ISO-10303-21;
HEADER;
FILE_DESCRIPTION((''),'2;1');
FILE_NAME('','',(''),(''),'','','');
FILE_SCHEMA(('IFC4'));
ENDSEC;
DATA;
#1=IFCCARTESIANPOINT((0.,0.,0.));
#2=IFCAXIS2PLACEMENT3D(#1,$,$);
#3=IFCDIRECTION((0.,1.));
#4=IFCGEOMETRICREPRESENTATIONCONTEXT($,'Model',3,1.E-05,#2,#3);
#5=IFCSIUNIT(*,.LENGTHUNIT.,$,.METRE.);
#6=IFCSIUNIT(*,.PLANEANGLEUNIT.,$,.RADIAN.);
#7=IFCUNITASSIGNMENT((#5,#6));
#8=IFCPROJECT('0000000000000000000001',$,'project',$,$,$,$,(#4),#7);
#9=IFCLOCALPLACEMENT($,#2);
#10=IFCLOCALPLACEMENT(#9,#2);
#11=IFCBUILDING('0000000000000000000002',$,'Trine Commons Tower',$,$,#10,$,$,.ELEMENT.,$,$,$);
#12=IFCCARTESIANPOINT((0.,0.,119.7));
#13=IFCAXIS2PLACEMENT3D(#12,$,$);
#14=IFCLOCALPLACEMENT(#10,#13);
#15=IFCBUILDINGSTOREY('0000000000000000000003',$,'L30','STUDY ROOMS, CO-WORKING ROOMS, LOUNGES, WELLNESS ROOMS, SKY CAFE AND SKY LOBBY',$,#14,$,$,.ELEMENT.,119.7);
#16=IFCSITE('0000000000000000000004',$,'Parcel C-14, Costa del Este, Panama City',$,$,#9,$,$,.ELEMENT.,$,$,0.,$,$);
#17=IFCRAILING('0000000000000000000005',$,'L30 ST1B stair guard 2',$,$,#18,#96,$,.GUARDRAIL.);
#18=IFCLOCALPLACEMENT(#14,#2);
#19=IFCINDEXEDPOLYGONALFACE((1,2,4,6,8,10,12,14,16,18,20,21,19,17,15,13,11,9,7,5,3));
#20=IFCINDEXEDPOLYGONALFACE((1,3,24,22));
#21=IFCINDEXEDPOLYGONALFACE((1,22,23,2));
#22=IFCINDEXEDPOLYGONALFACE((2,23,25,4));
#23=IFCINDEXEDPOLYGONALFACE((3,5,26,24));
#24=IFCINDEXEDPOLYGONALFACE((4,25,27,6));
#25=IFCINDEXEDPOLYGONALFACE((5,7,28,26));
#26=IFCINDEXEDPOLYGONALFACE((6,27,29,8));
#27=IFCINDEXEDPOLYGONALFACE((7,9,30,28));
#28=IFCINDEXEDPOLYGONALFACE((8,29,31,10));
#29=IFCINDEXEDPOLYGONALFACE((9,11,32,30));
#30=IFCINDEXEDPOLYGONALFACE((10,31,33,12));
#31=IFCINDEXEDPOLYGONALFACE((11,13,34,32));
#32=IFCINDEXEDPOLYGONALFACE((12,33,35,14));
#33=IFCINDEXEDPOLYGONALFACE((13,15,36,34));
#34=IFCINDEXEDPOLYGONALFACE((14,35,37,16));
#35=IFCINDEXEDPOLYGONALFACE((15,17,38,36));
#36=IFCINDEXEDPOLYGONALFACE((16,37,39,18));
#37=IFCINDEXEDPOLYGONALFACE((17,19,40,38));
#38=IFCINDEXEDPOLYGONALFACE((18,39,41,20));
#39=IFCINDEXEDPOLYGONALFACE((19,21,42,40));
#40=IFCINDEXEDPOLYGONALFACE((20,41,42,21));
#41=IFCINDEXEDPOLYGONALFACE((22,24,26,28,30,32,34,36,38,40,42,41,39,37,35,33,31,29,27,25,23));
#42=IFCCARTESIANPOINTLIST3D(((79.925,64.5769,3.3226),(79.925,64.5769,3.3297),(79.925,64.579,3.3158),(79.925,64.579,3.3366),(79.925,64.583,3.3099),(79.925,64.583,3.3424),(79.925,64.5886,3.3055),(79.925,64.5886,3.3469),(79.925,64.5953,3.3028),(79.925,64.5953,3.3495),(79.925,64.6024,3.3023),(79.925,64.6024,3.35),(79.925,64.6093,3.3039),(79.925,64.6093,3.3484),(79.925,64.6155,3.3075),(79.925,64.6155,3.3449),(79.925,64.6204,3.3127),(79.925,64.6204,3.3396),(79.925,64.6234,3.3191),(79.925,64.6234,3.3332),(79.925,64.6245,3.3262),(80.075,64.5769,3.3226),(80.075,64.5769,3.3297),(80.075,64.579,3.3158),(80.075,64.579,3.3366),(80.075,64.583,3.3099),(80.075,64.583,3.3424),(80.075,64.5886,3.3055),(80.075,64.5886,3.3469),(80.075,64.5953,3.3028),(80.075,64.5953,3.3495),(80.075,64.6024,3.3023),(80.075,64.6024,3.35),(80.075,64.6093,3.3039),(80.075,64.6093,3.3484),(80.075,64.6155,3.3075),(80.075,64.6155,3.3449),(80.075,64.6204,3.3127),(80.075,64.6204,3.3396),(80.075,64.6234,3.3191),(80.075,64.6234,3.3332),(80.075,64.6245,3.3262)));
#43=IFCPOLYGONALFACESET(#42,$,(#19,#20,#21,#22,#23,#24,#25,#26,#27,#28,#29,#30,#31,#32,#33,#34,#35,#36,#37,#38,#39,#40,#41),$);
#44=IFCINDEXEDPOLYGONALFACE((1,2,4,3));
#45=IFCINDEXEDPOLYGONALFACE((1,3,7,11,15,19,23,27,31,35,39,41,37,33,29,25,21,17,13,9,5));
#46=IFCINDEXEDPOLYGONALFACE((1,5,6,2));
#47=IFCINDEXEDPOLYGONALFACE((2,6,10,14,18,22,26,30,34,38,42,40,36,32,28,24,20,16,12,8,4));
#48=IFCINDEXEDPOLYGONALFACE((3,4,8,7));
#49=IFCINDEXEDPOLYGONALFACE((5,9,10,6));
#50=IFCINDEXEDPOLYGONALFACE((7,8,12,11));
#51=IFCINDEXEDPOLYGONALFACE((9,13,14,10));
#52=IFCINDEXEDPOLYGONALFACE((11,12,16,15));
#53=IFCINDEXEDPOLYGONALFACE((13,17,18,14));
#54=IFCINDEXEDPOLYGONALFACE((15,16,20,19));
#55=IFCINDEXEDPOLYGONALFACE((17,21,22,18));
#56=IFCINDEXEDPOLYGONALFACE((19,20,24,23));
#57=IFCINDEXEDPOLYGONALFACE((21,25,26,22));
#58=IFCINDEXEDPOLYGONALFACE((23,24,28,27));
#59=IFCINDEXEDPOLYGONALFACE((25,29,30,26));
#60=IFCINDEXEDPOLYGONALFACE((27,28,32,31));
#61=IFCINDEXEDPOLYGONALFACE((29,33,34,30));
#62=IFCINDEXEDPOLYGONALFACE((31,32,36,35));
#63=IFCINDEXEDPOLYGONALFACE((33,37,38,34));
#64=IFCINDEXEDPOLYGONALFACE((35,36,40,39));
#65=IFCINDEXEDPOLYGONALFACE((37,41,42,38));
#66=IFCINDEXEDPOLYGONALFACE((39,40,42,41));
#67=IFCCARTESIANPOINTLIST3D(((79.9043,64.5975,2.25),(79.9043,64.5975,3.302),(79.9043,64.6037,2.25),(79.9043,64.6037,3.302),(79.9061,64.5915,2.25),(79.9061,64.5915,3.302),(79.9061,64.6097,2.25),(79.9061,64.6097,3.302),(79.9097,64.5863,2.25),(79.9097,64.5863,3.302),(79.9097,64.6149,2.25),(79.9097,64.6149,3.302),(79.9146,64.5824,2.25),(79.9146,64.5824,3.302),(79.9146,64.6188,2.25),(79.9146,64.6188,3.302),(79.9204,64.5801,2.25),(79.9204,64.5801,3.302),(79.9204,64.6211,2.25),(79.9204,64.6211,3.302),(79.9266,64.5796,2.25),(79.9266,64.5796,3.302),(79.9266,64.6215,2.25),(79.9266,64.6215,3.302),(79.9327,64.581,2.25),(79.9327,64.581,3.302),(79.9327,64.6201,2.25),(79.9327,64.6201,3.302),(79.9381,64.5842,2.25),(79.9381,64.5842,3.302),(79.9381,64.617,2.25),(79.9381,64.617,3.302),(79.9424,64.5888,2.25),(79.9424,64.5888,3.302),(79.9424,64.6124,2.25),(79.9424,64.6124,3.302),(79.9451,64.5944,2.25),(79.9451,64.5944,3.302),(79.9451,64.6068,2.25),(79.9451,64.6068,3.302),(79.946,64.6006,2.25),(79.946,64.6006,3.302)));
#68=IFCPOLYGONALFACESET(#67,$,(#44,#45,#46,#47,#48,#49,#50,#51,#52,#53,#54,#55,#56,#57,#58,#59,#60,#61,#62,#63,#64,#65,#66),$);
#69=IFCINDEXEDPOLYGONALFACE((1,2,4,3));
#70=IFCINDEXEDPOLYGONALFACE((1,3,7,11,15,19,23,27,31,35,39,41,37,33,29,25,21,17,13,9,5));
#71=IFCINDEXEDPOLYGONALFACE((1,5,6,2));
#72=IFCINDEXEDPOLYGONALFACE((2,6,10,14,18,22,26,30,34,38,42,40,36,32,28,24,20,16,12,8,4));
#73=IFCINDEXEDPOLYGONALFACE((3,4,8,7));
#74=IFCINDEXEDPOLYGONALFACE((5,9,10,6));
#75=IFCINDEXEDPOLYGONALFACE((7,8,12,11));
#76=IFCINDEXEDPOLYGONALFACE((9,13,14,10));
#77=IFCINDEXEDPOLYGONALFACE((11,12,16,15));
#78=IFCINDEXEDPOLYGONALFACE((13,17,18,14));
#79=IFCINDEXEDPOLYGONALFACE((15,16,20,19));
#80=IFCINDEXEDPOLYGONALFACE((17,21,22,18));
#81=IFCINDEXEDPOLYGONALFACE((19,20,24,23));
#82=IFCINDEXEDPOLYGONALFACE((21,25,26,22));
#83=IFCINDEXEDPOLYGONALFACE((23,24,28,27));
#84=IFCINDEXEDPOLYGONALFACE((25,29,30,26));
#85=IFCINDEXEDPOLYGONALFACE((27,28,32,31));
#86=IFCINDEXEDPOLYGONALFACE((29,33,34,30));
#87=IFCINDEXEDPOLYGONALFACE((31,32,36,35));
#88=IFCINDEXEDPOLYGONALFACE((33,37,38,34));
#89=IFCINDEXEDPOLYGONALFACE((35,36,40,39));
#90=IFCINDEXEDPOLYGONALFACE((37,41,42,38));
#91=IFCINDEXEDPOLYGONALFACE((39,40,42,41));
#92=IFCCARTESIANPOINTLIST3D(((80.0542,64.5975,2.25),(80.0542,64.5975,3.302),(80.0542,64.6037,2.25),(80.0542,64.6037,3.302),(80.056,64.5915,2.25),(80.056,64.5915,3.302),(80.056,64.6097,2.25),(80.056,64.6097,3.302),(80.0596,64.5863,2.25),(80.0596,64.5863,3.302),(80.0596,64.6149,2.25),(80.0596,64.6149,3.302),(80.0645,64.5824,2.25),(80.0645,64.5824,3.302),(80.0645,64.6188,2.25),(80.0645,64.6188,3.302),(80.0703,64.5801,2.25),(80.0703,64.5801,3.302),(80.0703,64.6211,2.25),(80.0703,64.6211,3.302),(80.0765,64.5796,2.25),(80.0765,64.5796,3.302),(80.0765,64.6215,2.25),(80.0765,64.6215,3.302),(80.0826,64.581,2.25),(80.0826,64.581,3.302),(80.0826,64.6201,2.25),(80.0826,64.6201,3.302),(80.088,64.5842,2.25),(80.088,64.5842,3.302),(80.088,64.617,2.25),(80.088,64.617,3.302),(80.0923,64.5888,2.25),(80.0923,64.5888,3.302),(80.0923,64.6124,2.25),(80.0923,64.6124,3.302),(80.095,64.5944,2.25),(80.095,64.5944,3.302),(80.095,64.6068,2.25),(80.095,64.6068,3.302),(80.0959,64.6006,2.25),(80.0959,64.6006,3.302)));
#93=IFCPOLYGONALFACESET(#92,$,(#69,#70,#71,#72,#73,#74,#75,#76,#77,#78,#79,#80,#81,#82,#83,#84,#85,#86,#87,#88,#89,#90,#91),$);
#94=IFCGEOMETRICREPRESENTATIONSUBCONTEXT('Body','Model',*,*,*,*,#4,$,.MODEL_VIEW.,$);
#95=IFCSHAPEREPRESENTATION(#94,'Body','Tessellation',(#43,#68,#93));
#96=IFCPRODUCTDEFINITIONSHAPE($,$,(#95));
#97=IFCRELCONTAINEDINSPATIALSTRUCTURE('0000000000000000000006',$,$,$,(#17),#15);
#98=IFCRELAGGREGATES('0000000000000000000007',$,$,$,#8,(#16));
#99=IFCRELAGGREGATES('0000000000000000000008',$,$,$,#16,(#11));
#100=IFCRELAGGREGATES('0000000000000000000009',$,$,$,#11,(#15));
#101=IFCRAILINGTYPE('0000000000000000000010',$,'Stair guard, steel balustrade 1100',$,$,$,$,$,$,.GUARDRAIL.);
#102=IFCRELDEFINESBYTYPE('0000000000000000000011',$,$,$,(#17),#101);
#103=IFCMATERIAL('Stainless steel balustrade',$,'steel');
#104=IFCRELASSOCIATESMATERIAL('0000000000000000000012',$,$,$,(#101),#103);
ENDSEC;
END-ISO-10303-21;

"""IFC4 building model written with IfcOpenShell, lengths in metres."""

from ifc_helpers import new_model, si_unit, direction, frame, origin, origin_2d, place, context, subcontext, project, spatial, circle, extrude, material, type_object, element, save


model = new_model("IFC4")

# Units and contexts
model_context = context("Model", 3, precision=1e-05, world=origin(), true_north=direction((0.0, 1.0)))
body_context = subcontext(model_context, "Body", "Model", "MODEL_VIEW")
ifc_project = project(units=[si_unit("LENGTHUNIT", "METRE"), si_unit("PLANEANGLEUNIT", "RADIAN")], contexts=[model_context])

# Site, building, storey
site_placement = place(None, origin())
site = spatial("IfcSite", under=ifc_project, at=site_placement, Name="Parcel C-14, Costa del Este, Panama City", CompositionType="ELEMENT", RefElevation=0.0)
building_placement = place(site_placement, origin())
building = spatial("IfcBuilding", under=site, at=building_placement, Name="Trine Commons Tower", CompositionType="ELEMENT")
storey_placement = place(building_placement, frame((0.0, 0.0, 119.7)))
storey = spatial("IfcBuildingStorey", under=building, at=storey_placement, Name="L30", Description="STUDY ROOMS, CO-WORKING ROOMS, LOUNGES, WELLNESS ROOMS, SKY CAFE AND SKY LOBBY", CompositionType="ELEMENT", Elevation=119.7)

# Railing
ifc_material_1 = material(Name="Stainless steel balustrade", Category="steel")
railing_type_1 = type_object("IfcRailingType", Name="Stair guard, steel balustrade 1100", PredefinedType="GUARDRAIL", material=ifc_material_1)
railing_1_placement = place(storey_placement, frame((79.925, 64.6006, 2.25)))
element("IfcRailing", 1, at=railing_1_placement, inside=storey, type_object=railing_type_1, Name="L30 ST1B stair guard 2", PredefinedType="GUARDRAIL", context=body_context, shape_type="SweptSolid", body=[
    extrude(circle(Radius=0.0239, at=origin_2d()), frame((0.0, 0.0, 1.0762), z_axis=(1.0, 0.0, 0.0), x_axis=(0.0, 1.0, 0.0)), (0.0, 0.0, 1.0), 0.1499),
    extrude(circle(Radius=0.021, at=origin_2d()), origin(), (0.0, 0.0, 1.0), 1.052),
    extrude(circle(Radius=0.021, at=origin_2d()), frame((0.1499, 0.0, 0.0)), (0.0, 0.0, 1.0), 1.052),
])

save(model, "model.ifc")
